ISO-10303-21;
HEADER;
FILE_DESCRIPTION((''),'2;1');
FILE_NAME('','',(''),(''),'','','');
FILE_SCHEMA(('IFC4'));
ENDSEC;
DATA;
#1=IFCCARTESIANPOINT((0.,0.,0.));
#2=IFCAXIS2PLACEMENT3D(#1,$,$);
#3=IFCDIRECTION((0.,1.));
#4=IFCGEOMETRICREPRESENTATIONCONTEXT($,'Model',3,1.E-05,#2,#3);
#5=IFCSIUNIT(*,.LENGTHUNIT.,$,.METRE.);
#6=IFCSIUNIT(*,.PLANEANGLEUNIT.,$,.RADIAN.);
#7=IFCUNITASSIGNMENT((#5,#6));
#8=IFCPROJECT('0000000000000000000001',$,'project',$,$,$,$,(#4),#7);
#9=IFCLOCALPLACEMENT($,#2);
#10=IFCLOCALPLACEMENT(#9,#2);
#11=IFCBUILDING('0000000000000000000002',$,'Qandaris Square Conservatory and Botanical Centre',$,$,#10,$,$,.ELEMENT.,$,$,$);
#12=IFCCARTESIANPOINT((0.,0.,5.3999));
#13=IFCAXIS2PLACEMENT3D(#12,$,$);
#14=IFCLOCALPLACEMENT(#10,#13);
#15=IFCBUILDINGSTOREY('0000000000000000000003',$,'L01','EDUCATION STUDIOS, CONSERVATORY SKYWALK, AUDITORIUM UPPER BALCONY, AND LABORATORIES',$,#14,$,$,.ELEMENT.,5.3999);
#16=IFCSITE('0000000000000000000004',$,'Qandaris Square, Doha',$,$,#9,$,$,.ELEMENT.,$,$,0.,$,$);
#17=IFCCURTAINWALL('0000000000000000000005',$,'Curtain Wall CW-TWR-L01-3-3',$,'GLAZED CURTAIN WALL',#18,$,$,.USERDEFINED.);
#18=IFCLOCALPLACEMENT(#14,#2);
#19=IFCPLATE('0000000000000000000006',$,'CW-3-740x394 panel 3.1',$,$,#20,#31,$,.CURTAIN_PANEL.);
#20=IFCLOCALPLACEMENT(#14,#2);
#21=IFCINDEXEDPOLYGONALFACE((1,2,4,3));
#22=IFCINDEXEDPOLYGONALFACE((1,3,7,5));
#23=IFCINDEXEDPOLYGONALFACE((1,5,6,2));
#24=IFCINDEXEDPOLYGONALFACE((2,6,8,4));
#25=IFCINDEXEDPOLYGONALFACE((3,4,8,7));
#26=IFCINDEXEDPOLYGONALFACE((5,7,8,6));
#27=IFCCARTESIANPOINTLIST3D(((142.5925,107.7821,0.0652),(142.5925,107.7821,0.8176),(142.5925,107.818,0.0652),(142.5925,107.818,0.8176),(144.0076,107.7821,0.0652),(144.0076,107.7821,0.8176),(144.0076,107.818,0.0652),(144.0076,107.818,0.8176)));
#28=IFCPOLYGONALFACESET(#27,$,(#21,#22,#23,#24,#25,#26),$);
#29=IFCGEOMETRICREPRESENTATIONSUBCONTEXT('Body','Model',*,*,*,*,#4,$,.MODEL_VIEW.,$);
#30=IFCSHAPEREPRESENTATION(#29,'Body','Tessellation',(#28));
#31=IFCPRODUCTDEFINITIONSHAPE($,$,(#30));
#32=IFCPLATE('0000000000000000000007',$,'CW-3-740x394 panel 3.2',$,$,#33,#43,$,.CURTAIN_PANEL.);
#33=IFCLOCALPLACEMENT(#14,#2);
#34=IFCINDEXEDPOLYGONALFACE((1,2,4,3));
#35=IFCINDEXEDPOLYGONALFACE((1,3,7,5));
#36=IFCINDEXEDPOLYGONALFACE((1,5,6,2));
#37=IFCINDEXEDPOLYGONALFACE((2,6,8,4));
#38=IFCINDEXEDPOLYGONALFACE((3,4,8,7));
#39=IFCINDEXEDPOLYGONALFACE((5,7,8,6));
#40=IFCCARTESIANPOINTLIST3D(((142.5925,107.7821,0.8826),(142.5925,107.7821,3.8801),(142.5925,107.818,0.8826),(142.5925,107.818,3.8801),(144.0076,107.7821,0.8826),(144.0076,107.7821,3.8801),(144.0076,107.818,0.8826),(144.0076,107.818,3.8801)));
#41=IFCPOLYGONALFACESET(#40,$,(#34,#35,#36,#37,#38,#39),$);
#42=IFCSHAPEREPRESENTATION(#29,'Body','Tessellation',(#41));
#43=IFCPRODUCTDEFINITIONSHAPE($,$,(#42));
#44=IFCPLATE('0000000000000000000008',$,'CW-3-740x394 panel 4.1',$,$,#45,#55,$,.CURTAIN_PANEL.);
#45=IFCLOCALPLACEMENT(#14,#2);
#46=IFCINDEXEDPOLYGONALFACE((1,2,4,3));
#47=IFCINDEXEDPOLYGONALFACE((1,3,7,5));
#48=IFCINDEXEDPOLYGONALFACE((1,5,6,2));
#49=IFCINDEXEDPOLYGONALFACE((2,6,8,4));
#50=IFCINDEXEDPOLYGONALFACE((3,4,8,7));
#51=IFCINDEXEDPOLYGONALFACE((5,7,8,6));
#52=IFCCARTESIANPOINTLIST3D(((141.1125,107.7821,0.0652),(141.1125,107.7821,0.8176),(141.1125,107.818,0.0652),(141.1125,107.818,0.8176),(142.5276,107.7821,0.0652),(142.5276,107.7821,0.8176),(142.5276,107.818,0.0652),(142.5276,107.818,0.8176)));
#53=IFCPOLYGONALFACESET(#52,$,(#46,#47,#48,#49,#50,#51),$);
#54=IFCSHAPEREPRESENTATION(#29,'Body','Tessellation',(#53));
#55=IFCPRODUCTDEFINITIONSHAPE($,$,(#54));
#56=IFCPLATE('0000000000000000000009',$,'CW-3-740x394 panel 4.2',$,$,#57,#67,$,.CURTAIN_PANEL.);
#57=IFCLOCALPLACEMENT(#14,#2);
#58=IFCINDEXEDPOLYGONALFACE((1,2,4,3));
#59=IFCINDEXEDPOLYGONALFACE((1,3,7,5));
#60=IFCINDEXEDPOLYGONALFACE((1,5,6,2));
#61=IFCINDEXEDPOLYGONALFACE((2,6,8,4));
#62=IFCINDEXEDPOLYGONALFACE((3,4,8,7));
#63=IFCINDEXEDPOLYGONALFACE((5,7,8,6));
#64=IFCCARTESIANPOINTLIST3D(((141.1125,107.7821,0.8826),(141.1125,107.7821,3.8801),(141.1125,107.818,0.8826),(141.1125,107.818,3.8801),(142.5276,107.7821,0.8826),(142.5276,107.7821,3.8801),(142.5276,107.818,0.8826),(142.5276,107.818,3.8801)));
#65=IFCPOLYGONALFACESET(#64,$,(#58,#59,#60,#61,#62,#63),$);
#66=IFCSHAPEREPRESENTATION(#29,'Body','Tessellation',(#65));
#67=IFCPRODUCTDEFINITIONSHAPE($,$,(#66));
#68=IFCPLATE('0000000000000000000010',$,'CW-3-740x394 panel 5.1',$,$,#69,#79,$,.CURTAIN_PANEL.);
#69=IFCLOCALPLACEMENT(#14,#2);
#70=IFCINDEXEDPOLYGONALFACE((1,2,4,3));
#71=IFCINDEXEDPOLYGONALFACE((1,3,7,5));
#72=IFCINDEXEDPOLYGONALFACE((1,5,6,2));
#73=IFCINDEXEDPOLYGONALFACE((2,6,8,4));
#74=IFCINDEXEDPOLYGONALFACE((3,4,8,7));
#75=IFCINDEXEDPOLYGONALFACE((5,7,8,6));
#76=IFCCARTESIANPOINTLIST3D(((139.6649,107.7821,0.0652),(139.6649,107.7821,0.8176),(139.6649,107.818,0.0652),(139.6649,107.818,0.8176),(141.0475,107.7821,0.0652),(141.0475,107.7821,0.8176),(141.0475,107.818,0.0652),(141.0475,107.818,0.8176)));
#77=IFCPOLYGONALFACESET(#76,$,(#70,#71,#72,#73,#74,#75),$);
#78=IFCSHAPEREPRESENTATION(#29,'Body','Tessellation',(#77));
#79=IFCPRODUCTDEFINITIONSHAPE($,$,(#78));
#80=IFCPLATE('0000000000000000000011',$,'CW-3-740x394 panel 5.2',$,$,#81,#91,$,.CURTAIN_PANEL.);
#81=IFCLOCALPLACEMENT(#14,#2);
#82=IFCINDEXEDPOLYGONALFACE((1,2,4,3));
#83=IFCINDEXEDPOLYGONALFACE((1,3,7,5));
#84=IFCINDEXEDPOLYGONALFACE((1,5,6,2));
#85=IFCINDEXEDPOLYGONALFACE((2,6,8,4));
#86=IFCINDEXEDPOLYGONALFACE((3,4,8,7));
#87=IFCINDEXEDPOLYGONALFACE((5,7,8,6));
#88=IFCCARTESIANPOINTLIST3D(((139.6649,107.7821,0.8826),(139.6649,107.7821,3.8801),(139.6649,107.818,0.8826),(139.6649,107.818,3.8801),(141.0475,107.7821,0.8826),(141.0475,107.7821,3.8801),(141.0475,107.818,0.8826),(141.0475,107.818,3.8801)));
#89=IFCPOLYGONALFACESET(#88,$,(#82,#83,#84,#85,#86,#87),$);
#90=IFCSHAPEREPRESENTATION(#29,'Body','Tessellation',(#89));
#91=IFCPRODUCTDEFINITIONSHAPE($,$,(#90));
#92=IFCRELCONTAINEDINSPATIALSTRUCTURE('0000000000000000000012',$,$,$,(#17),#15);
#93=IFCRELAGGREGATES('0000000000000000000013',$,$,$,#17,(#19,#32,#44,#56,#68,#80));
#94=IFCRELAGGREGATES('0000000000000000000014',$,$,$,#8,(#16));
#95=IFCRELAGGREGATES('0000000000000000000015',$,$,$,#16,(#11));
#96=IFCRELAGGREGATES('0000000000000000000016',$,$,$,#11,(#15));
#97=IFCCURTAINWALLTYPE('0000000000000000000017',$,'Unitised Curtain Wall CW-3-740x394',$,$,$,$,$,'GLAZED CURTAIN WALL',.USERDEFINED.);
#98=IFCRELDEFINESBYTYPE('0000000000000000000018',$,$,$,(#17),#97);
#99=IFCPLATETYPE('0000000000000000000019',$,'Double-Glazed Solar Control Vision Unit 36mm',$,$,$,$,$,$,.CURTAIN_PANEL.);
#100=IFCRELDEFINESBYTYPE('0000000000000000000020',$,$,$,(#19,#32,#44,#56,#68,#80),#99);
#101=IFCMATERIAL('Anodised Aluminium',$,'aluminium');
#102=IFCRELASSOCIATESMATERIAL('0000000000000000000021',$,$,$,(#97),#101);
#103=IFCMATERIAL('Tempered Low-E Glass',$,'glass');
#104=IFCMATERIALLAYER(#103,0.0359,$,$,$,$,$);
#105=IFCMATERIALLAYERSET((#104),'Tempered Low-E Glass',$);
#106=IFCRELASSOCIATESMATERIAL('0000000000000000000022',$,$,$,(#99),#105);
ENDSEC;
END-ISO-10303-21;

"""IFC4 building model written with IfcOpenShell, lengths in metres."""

from ifc_helpers import new_model, si_unit, direction, frame, origin, origin_2d, place, context, subcontext, project, spatial, rectangle, extrude, material, layer, layer_set, type_object, element, aggregate, save


model = new_model("IFC4")

# Units and contexts
model_context = context("Model", 3, precision=1e-05, world=origin(), true_north=direction((0.0, 1.0)))
body_context = subcontext(model_context, "Body", "Model", "MODEL_VIEW")
ifc_project = project(units=[si_unit("LENGTHUNIT", "METRE"), si_unit("PLANEANGLEUNIT", "RADIAN")], contexts=[model_context])

# Site, building, storey
site_placement = place(None, origin())
site = spatial("IfcSite", under=ifc_project, at=site_placement, Name="Qandaris Square, Doha", CompositionType="ELEMENT", RefElevation=0.0)
building_placement = place(site_placement, origin())
building = spatial("IfcBuilding", under=site, at=building_placement, Name="Qandaris Square Conservatory and Botanical Centre", CompositionType="ELEMENT")
storey_placement = place(building_placement, frame((0.0, 0.0, 5.3999)))
storey = spatial("IfcBuildingStorey", under=building, at=storey_placement, Name="L01", Description="EDUCATION STUDIOS, CONSERVATORY SKYWALK, AUDITORIUM UPPER BALCONY, AND LABORATORIES", CompositionType="ELEMENT", Elevation=5.3999)

# Curtain wall, plates
ifc_material_1 = material(Name="Anodised Aluminium", Category="aluminium")
curtain_wall_type = type_object("IfcCurtainWallType", Name="Unitised Curtain Wall CW-3-740x394", ElementType="GLAZED CURTAIN WALL", PredefinedType="USERDEFINED", material=ifc_material_1)
curtain_wall_placement = place(storey_placement, origin())
curtain_wall = element("IfcCurtainWall", 1, at=curtain_wall_placement, inside=storey, type_object=curtain_wall_type, Name="Curtain Wall CW-TWR-L01-3-3", ObjectType="GLAZED CURTAIN WALL", PredefinedType="USERDEFINED")
ifc_material_2 = material(Name="Tempered Low-E Glass", Category="glass")
ifc_layer = layer(ifc_material_2, 0.0359)
ifc_layer_set = layer_set([ifc_layer], Name="Tempered Low-E Glass")
plate_type = type_object("IfcPlateType", Name="Double-Glazed Solar Control Vision Unit 36mm", PredefinedType="CURTAIN_PANEL", material=ifc_layer_set)
plate_1_placement = place(storey_placement, frame((143.3, 107.8, 0.0652), z_axis=(0.0, 0.0, 1.0), x_axis=(-1.0, 0.0, 0.0)))
plate_1 = element("IfcPlate", 2, at=plate_1_placement, type_object=plate_type, Name="CW-3-740x394 panel 3.1", PredefinedType="CURTAIN_PANEL", context=body_context, shape_type="SweptSolid", body=[
    extrude(rectangle(XDim=1.415, YDim=0.0359, at=origin_2d()), origin(), (0.0, 0.0, 1.0), 0.7524),
])
plate_2_placement = place(storey_placement, frame((143.3, 107.8, 0.8826), z_axis=(0.0, 0.0, 1.0), x_axis=(-1.0, 0.0, 0.0)))
plate_2 = element("IfcPlate", 3, at=plate_2_placement, type_object=plate_type, Name="CW-3-740x394 panel 3.2", PredefinedType="CURTAIN_PANEL", context=body_context, shape_type="SweptSolid", body=[
    extrude(rectangle(XDim=1.415, YDim=0.0359, at=origin_2d()), origin(), (0.0, 0.0, 1.0), 2.9976),
])
plate_3_placement = place(storey_placement, frame((141.8201, 107.8, 0.0652), z_axis=(0.0, 0.0, 1.0), x_axis=(-1.0, 0.0, 0.0)))
plate_3 = element("IfcPlate", 4, at=plate_3_placement, type_object=plate_type, Name="CW-3-740x394 panel 4.1", PredefinedType="CURTAIN_PANEL", context=body_context, shape_type="SweptSolid", body=[
    extrude(rectangle(XDim=1.415, YDim=0.0359, at=origin_2d()), origin(), (0.0, 0.0, 1.0), 0.7524),
])
plate_4_placement = place(storey_placement, frame((141.8201, 107.8, 0.8826), z_axis=(0.0, 0.0, 1.0), x_axis=(-1.0, 0.0, 0.0)))
plate_4 = element("IfcPlate", 5, at=plate_4_placement, type_object=plate_type, Name="CW-3-740x394 panel 4.2", PredefinedType="CURTAIN_PANEL", context=body_context, shape_type="SweptSolid", body=[
    extrude(rectangle(XDim=1.415, YDim=0.0359, at=origin_2d()), origin(), (0.0, 0.0, 1.0), 2.9976),
])
plate_5_placement = place(storey_placement, frame((140.3562, 107.8, 0.0652), z_axis=(0.0, 0.0, 1.0), x_axis=(-1.0, 0.0, 0.0)))
plate_5 = element("IfcPlate", 6, at=plate_5_placement, type_object=plate_type, Name="CW-3-740x394 panel 5.1", PredefinedType="CURTAIN_PANEL", context=body_context, shape_type="SweptSolid", body=[
    extrude(rectangle(XDim=1.3826, YDim=0.0359, at=origin_2d()), origin(), (0.0, 0.0, 1.0), 0.7524),
])
plate_6_placement = place(storey_placement, frame((140.3562, 107.8, 0.8826), z_axis=(0.0, 0.0, 1.0), x_axis=(-1.0, 0.0, 0.0)))
plate_6 = element("IfcPlate", 7, at=plate_6_placement, type_object=plate_type, Name="CW-3-740x394 panel 5.2", PredefinedType="CURTAIN_PANEL", context=body_context, shape_type="SweptSolid", body=[
    extrude(rectangle(XDim=1.3826, YDim=0.0359, at=origin_2d()), origin(), (0.0, 0.0, 1.0), 2.9976),
])
aggregate(curtain_wall, [plate_1, plate_2, plate_3, plate_4, plate_5, plate_6])

save(model, "model.ifc")
